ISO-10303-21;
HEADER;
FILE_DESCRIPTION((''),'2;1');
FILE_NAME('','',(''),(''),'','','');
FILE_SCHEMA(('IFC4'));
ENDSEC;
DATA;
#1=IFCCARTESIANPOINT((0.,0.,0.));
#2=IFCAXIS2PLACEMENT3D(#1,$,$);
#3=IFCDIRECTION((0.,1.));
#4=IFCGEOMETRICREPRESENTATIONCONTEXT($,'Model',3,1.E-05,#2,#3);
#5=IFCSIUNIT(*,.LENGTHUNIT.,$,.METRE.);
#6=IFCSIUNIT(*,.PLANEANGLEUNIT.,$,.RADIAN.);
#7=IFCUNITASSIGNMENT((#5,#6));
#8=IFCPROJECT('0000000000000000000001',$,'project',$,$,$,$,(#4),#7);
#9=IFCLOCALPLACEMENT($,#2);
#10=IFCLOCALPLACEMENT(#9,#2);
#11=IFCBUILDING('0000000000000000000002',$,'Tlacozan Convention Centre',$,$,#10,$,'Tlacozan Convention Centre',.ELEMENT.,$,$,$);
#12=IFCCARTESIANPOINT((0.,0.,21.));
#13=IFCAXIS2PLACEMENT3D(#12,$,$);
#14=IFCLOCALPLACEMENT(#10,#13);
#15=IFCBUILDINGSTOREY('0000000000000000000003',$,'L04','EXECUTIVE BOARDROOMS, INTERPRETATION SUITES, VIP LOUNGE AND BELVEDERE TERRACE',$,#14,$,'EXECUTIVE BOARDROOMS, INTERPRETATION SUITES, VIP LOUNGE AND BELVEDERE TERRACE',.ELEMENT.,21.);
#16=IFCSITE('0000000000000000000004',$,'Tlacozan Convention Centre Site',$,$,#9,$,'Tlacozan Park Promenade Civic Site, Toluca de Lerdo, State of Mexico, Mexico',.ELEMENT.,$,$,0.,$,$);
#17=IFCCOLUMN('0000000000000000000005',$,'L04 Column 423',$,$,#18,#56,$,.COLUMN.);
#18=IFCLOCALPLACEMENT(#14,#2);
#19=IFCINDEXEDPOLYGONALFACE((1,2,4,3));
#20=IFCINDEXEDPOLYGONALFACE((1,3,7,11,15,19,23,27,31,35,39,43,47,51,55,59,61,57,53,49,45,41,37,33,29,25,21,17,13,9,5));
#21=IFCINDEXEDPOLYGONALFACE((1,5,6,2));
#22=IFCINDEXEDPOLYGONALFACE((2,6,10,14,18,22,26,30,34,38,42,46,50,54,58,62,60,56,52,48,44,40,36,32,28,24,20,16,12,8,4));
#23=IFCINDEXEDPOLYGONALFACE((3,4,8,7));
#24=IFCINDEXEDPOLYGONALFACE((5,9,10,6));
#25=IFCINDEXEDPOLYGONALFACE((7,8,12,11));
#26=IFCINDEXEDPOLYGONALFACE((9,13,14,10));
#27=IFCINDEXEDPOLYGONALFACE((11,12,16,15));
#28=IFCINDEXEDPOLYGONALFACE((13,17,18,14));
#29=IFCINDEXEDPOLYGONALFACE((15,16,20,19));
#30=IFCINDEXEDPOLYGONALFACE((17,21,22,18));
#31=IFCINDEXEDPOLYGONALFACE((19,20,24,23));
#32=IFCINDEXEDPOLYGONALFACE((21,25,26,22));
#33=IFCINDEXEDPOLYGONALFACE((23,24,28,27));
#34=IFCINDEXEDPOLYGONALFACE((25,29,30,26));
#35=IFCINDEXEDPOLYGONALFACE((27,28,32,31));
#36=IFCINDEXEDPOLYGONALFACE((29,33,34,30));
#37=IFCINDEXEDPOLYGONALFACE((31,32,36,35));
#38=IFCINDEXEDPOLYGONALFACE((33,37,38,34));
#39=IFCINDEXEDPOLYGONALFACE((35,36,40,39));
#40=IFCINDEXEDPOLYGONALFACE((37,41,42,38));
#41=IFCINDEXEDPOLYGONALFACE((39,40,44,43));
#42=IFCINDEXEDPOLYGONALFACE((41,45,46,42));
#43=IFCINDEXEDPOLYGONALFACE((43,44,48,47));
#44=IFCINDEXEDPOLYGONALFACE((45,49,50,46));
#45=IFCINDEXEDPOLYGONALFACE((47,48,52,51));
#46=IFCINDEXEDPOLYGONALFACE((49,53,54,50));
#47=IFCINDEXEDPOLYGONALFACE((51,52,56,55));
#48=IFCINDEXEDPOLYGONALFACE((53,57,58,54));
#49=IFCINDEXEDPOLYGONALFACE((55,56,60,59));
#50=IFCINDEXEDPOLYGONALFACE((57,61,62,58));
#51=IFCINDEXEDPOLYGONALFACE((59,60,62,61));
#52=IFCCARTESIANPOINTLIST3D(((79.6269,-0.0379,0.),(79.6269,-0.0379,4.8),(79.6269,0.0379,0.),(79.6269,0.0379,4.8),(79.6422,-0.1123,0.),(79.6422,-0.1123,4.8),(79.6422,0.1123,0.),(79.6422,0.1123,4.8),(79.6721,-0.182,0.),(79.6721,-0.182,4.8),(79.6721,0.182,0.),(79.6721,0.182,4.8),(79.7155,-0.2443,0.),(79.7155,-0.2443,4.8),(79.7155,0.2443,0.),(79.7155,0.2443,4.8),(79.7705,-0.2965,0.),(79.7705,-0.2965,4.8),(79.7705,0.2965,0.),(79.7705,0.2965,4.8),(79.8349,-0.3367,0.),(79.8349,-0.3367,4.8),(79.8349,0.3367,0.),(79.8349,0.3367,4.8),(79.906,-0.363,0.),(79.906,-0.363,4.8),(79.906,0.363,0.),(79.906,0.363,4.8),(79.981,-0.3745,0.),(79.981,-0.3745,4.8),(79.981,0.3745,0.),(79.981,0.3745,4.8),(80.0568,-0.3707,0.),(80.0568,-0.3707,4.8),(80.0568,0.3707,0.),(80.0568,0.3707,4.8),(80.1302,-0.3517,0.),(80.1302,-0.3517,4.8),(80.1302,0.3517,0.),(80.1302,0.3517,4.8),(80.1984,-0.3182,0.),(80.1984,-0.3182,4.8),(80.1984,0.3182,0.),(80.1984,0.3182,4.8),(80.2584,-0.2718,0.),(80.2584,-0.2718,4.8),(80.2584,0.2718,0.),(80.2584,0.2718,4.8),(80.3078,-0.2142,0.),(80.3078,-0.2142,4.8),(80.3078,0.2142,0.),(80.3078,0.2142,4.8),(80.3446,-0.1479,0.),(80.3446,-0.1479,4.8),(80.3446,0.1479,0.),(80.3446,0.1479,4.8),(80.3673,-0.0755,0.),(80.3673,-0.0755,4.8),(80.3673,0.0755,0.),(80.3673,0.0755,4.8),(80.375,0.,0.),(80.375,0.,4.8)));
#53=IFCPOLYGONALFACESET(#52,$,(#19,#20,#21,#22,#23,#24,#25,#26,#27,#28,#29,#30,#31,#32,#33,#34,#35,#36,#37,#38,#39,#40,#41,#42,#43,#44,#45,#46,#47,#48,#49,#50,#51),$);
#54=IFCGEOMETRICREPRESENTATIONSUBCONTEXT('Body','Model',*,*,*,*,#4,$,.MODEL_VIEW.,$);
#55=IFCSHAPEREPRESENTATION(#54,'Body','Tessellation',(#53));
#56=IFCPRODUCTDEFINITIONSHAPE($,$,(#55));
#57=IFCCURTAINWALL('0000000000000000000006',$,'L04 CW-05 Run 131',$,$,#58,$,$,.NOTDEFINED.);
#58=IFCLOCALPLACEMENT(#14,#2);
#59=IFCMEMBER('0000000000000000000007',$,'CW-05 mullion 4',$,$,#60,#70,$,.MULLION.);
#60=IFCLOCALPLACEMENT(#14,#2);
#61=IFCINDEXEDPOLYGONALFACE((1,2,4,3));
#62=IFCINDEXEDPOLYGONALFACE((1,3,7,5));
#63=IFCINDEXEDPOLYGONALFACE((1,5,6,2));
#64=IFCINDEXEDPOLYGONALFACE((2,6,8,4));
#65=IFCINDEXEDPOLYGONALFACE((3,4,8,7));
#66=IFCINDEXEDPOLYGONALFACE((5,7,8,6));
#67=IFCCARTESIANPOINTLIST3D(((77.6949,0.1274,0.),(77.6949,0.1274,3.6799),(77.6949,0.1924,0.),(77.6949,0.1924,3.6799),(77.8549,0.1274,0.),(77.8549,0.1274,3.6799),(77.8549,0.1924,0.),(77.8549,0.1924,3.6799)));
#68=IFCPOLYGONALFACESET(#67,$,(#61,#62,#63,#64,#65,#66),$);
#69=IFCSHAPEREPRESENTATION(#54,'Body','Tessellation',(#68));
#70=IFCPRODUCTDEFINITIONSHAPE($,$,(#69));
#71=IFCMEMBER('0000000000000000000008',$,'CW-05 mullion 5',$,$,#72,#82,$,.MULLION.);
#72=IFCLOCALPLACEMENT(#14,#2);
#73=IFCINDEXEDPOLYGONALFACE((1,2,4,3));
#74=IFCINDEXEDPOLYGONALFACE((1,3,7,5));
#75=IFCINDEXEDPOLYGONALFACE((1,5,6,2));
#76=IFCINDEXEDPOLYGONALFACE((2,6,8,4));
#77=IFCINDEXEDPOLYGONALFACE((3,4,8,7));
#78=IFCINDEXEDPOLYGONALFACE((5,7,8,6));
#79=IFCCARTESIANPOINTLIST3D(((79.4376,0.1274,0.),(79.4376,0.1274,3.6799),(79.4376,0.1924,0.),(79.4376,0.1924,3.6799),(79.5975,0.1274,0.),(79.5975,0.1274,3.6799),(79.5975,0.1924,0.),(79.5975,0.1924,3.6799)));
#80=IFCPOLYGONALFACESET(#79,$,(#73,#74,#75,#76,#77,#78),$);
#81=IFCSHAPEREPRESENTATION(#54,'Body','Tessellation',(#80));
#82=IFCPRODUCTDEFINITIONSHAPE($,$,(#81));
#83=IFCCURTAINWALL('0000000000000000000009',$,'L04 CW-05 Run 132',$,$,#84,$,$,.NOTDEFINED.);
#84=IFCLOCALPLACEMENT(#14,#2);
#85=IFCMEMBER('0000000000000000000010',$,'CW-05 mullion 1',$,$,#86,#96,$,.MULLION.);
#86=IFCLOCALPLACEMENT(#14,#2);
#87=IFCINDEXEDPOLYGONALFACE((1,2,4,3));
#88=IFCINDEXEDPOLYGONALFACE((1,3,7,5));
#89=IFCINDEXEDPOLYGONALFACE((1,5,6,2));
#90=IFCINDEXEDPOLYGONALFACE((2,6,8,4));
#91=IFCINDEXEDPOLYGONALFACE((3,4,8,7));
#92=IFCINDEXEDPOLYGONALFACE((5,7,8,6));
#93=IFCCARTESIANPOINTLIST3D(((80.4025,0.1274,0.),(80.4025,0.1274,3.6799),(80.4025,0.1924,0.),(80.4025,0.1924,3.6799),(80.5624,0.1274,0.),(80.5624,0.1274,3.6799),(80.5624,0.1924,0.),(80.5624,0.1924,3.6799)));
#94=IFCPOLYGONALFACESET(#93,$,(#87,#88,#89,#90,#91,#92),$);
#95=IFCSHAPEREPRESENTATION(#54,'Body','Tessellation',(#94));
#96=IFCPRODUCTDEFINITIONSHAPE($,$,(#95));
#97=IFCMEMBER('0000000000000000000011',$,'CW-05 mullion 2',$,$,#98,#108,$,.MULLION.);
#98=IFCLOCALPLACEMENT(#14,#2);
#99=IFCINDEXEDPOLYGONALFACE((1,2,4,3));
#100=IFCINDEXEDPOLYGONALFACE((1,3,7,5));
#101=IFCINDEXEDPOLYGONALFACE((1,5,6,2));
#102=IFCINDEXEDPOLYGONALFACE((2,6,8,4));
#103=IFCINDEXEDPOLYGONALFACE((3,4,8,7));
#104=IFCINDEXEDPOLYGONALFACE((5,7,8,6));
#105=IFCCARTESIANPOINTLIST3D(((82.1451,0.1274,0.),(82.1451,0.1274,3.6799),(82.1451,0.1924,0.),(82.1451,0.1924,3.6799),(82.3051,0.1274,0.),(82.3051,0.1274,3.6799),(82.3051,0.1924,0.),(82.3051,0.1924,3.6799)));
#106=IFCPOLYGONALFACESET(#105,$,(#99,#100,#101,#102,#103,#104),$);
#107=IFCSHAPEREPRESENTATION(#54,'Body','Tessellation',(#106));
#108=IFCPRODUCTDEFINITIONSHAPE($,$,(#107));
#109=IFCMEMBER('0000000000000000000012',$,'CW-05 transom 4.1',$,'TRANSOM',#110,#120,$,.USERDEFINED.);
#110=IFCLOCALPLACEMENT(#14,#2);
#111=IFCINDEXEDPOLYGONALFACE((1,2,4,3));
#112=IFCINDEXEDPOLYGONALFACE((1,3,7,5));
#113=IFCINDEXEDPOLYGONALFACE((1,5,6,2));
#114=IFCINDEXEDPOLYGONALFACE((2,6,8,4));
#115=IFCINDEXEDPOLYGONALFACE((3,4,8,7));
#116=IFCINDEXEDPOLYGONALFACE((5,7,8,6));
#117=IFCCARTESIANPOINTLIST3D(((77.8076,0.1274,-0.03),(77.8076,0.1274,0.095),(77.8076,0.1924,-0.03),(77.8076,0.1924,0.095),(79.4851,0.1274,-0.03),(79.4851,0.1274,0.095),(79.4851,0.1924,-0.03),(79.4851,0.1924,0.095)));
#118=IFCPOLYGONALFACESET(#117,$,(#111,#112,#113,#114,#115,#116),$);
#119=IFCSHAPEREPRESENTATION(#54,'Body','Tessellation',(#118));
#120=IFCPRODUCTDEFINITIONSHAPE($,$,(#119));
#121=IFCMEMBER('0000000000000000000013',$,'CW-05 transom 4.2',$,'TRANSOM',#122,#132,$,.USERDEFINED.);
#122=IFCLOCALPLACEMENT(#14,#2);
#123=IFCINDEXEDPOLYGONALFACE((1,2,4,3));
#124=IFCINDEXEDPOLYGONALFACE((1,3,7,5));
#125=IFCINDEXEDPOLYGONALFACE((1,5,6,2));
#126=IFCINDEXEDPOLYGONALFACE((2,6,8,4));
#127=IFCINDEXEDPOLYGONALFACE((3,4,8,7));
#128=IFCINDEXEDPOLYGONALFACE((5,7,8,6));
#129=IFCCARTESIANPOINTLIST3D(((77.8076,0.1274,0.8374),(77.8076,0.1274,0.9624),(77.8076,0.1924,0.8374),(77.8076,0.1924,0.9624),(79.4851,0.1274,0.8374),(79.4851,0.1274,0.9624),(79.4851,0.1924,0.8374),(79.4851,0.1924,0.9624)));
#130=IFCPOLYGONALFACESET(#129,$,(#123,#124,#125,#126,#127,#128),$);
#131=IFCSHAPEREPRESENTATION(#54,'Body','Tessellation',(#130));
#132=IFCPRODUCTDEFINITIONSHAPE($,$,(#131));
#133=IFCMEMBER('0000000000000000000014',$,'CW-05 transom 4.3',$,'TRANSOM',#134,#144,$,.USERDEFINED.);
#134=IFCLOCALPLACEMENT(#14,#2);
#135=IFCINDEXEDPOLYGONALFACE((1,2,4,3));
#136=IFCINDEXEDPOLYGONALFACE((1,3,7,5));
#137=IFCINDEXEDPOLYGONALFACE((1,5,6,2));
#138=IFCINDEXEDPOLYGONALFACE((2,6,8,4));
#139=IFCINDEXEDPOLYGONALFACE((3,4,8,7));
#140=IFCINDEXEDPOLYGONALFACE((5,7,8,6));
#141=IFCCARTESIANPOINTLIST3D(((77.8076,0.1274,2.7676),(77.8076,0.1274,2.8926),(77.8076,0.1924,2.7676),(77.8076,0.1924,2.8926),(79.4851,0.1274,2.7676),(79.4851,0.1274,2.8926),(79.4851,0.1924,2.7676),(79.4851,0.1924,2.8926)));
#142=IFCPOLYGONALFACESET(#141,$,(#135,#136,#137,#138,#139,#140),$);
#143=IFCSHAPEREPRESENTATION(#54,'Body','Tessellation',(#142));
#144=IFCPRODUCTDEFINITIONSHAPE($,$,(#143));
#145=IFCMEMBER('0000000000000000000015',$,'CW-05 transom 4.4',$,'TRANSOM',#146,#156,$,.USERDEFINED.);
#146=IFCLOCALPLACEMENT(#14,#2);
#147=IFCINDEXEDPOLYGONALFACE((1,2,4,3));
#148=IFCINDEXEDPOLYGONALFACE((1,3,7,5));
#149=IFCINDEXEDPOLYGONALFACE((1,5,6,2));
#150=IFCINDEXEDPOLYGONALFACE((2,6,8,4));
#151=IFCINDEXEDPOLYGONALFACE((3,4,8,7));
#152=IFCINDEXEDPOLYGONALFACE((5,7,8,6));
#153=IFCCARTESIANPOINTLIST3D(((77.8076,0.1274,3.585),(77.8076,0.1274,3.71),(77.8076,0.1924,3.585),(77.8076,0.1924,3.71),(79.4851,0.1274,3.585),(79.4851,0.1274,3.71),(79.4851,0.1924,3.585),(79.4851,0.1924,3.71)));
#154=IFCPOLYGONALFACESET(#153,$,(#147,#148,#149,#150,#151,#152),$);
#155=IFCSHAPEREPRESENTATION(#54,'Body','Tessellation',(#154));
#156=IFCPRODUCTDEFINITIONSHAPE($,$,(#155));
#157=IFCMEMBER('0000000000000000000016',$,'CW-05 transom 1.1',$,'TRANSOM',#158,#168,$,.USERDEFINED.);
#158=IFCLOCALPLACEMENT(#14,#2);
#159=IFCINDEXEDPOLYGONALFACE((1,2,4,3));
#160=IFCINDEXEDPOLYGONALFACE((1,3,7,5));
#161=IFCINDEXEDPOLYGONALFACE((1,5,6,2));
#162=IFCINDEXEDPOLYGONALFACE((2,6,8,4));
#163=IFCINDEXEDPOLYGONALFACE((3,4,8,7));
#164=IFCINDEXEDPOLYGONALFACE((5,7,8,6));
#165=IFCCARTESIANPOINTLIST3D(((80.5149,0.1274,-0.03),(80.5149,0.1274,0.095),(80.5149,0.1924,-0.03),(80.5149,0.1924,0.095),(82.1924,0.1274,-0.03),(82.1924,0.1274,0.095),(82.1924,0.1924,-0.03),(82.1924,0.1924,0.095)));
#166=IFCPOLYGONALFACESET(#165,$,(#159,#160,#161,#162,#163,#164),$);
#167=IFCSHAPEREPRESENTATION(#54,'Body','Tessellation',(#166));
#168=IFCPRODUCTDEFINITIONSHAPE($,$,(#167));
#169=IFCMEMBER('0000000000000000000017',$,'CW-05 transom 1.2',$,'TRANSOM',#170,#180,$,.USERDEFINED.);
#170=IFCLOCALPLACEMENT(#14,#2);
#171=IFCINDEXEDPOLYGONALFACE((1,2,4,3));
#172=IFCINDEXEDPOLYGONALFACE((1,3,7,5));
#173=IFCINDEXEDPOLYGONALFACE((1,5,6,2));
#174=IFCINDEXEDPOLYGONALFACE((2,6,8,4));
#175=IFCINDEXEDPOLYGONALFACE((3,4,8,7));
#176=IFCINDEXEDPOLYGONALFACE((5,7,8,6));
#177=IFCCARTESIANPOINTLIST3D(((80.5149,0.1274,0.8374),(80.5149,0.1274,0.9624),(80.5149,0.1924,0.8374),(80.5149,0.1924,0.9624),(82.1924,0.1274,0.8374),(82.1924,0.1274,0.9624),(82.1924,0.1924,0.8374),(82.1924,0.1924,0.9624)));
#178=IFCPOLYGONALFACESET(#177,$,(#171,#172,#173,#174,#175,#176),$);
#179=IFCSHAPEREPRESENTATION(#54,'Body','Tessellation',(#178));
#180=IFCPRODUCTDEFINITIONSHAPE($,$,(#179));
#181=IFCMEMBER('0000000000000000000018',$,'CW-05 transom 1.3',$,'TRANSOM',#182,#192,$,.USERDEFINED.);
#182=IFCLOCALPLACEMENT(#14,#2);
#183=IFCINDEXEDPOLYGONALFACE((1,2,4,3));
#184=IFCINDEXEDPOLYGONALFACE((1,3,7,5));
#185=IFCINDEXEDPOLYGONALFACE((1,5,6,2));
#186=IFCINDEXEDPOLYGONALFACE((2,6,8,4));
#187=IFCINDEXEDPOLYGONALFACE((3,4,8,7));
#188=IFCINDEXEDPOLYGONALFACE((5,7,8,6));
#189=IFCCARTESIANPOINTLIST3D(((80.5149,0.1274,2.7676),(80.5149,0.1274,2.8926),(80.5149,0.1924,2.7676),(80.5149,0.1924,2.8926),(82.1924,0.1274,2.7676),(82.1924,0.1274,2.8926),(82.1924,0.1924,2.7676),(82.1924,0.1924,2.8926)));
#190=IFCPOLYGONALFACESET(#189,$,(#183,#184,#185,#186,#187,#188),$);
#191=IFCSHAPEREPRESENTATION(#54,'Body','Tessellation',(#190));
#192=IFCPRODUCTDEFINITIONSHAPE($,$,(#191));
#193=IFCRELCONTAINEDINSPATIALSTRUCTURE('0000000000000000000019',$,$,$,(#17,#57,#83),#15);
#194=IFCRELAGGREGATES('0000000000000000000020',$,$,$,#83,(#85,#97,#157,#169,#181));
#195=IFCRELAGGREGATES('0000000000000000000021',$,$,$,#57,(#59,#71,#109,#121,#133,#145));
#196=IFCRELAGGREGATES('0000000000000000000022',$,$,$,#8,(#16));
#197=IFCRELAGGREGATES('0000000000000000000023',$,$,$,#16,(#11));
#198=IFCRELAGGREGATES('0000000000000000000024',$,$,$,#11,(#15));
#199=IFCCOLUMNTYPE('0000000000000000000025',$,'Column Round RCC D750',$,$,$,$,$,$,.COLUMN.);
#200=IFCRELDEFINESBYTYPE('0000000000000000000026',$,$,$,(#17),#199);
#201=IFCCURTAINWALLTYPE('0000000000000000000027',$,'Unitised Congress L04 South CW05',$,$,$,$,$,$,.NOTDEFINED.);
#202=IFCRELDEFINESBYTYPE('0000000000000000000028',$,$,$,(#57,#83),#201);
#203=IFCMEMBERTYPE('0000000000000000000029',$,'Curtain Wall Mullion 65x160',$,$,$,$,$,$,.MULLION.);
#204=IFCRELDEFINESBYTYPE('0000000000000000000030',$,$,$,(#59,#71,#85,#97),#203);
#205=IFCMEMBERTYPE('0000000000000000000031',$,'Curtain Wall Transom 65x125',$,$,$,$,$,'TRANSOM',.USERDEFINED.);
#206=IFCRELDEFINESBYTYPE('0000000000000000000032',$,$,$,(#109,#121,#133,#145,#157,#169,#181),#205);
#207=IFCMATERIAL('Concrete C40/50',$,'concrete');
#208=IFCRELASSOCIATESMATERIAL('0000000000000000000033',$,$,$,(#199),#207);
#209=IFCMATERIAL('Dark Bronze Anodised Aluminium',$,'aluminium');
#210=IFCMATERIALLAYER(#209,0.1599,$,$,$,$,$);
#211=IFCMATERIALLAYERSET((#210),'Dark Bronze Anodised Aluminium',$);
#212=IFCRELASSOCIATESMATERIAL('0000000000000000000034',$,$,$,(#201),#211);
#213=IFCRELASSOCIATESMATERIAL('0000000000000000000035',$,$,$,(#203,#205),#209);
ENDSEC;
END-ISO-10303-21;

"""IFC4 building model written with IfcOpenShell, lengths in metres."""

from ifc_helpers import new_model, si_unit, direction, frame, origin, origin_2d, place, context, subcontext, project, spatial, rectangle, circle, extrude, material, layer, layer_set, material_profile, profile_set, type_object, element, aggregate, save


model = new_model("IFC4")

# Units and contexts
model_context = context("Model", 3, precision=1e-05, world=origin(), true_north=direction((0.0, 1.0)))
body_context = subcontext(model_context, "Body", "Model", "MODEL_VIEW")
ifc_project = project(units=[si_unit("LENGTHUNIT", "METRE"), si_unit("PLANEANGLEUNIT", "RADIAN")], contexts=[model_context])

# Site, building, storey
site_placement = place(None, origin())
site = spatial("IfcSite", under=ifc_project, at=site_placement, Name="Tlacozan Convention Centre Site", LongName="Tlacozan Park Promenade Civic Site, Toluca de Lerdo, State of Mexico, Mexico", CompositionType="ELEMENT", RefElevation=0.0)
building_placement = place(site_placement, origin())
building = spatial("IfcBuilding", under=site, at=building_placement, Name="Tlacozan Convention Centre", LongName="Tlacozan Convention Centre", CompositionType="ELEMENT")
storey_placement = place(building_placement, frame((0.0, 0.0, 21.0)))
storey = spatial("IfcBuildingStorey", under=building, at=storey_placement, Name="L04", Description="EXECUTIVE BOARDROOMS, INTERPRETATION SUITES, VIP LOUNGE AND BELVEDERE TERRACE", LongName="EXECUTIVE BOARDROOMS, INTERPRETATION SUITES, VIP LOUNGE AND BELVEDERE TERRACE", CompositionType="ELEMENT", Elevation=21.0)

# Column
ifc_material_1 = material(Name="Concrete C40/50", Category="concrete")
ifc_material_profile_1 = material_profile(ifc_material_1, circle(Radius=0.375, at=origin_2d()), Name="RCC D750")
ifc_profile_set_1 = profile_set([ifc_material_profile_1], Name="Concrete C40/50")
column_type = type_object("IfcColumnType", Name="Column Round RCC D750", PredefinedType="COLUMN", material=ifc_profile_set_1)
column_placement = place(storey_placement, frame((80.0, 0.0, 0.0), z_axis=(0.0, 0.0, 1.0), x_axis=(1.0, 0.0, 0.0)))
element("IfcColumn", 1, at=column_placement, inside=storey, type_object=column_type, Name="L04 Column 423", PredefinedType="COLUMN", context=body_context, shape_type="SweptSolid", body=[
    extrude(circle(Radius=0.375, at=origin_2d()), origin(), (0.0, 0.0, 1.0), 4.8),
])

# Curtain walls, members
ifc_material_2 = material(Name="Dark Bronze Anodised Aluminium", Category="aluminium")
ifc_layer_1 = layer(ifc_material_2, 0.1599)
ifc_layer_set_1 = layer_set([ifc_layer_1], Name="Dark Bronze Anodised Aluminium")
curtain_wall_type = type_object("IfcCurtainWallType", Name="Unitised Congress L04 South CW05", PredefinedType="NOTDEFINED", material=ifc_layer_set_1)
curtain_wall_1_placement = place(storey_placement, origin())
curtain_wall_1 = element("IfcCurtainWall", 2, at=curtain_wall_1_placement, inside=storey, type_object=curtain_wall_type, Name="L04 CW-05 Run 131", PredefinedType="NOTDEFINED")
ifc_material_profile_2 = material_profile(ifc_material_2, rectangle(XDim=0.0649, YDim=0.1599, at=origin_2d()), Name="ALU 65x160")
ifc_profile_set_2 = profile_set([ifc_material_profile_2], Name="Dark Bronze Anodised Aluminium")
member_type_1 = type_object("IfcMemberType", Name="Curtain Wall Mullion 65x160", PredefinedType="MULLION", material=ifc_profile_set_2)
member_1_placement = place(storey_placement, frame((77.7749, 0.1599, 0.0), z_axis=(0.0, 0.0, 1.0), x_axis=(0.0, 1.0, 0.0)))
member_1 = element("IfcMember", 3, at=member_1_placement, type_object=member_type_1, Name="CW-05 mullion 4", PredefinedType="MULLION", context=body_context, shape_type="SweptSolid", body=[
    extrude(rectangle(XDim=0.0649, YDim=0.1599, at=origin_2d()), origin(), (0.0, 0.0, 1.0), 3.6799),
])
member_2_placement = place(storey_placement, frame((79.5176, 0.1599, 0.0), z_axis=(0.0, 0.0, 1.0), x_axis=(0.0, 1.0, 0.0)))
member_2 = element("IfcMember", 4, at=member_2_placement, type_object=member_type_1, Name="CW-05 mullion 5", PredefinedType="MULLION", context=body_context, shape_type="SweptSolid", body=[
    extrude(rectangle(XDim=0.0649, YDim=0.1599, at=origin_2d()), origin(), (0.0, 0.0, 1.0), 3.6799),
])
curtain_wall_2_placement = place(storey_placement, origin())
curtain_wall_2 = element("IfcCurtainWall", 5, at=curtain_wall_2_placement, inside=storey, type_object=curtain_wall_type, Name="L04 CW-05 Run 132", PredefinedType="NOTDEFINED")
member_3_placement = place(storey_placement, frame((80.4824, 0.1599, 0.0), z_axis=(0.0, 0.0, 1.0), x_axis=(0.0, 1.0, 0.0)))
member_3 = element("IfcMember", 6, at=member_3_placement, type_object=member_type_1, Name="CW-05 mullion 1", PredefinedType="MULLION", context=body_context, shape_type="SweptSolid", body=[
    extrude(rectangle(XDim=0.0649, YDim=0.1599, at=origin_2d()), origin(), (0.0, 0.0, 1.0), 3.6799),
])
member_4_placement = place(storey_placement, frame((82.2251, 0.1599, 0.0), z_axis=(0.0, 0.0, 1.0), x_axis=(0.0, 1.0, 0.0)))
member_4 = element("IfcMember", 7, at=member_4_placement, type_object=member_type_1, Name="CW-05 mullion 2", PredefinedType="MULLION", context=body_context, shape_type="SweptSolid", body=[
    extrude(rectangle(XDim=0.0649, YDim=0.1599, at=origin_2d()), origin(), (0.0, 0.0, 1.0), 3.6799),
])

# Members
ifc_material_profile_3 = material_profile(ifc_material_2, rectangle(XDim=0.0649, YDim=0.125, at=origin_2d()), Name="ALU 65x125")
ifc_profile_set_3 = profile_set([ifc_material_profile_3], Name="Dark Bronze Anodised Aluminium")
member_type_2 = type_object("IfcMemberType", Name="Curtain Wall Transom 65x125", ElementType="TRANSOM", PredefinedType="USERDEFINED", material=ifc_profile_set_3)
member_5_placement = place(storey_placement, frame((77.8076, 0.1599, 0.0325), z_axis=(1.0, 0.0, 0.0), x_axis=(0.0, 1.0, 0.0)))
member_5 = element("IfcMember", 8, at=member_5_placement, type_object=member_type_2, Name="CW-05 transom 4.1", ObjectType="TRANSOM", PredefinedType="USERDEFINED", context=body_context, shape_type="SweptSolid", body=[
    extrude(rectangle(XDim=0.0649, YDim=0.125, at=origin_2d()), origin(), (0.0, 0.0, 1.0), 1.6775),
])
member_6_placement = place(storey_placement, frame((77.8076, 0.1599, 0.8999), z_axis=(1.0, 0.0, 0.0), x_axis=(0.0, 1.0, 0.0)))
member_6 = element("IfcMember", 9, at=member_6_placement, type_object=member_type_2, Name="CW-05 transom 4.2", ObjectType="TRANSOM", PredefinedType="USERDEFINED", context=body_context, shape_type="SweptSolid", body=[
    extrude(rectangle(XDim=0.0649, YDim=0.125, at=origin_2d()), origin(), (0.0, 0.0, 1.0), 1.6775),
])
member_7_placement = place(storey_placement, frame((77.8076, 0.1599, 2.8301), z_axis=(1.0, 0.0, 0.0), x_axis=(0.0, 1.0, 0.0)))
member_7 = element("IfcMember", 10, at=member_7_placement, type_object=member_type_2, Name="CW-05 transom 4.3", ObjectType="TRANSOM", PredefinedType="USERDEFINED", context=body_context, shape_type="SweptSolid", body=[
    extrude(rectangle(XDim=0.0649, YDim=0.125, at=origin_2d()), origin(), (0.0, 0.0, 1.0), 1.6775),
])
member_8_placement = place(storey_placement, frame((77.8076, 0.1599, 3.6475), z_axis=(1.0, 0.0, 0.0), x_axis=(0.0, 1.0, 0.0)))
member_8 = element("IfcMember", 11, at=member_8_placement, type_object=member_type_2, Name="CW-05 transom 4.4", ObjectType="TRANSOM", PredefinedType="USERDEFINED", context=body_context, shape_type="SweptSolid", body=[
    extrude(rectangle(XDim=0.0649, YDim=0.125, at=origin_2d()), origin(), (0.0, 0.0, 1.0), 1.6775),
])
member_9_placement = place(storey_placement, frame((80.5149, 0.1599, 0.0325), z_axis=(1.0, 0.0, 0.0), x_axis=(0.0, 1.0, 0.0)))
member_9 = element("IfcMember", 12, at=member_9_placement, type_object=member_type_2, Name="CW-05 transom 1.1", ObjectType="TRANSOM", PredefinedType="USERDEFINED", context=body_context, shape_type="SweptSolid", body=[
    extrude(rectangle(XDim=0.0649, YDim=0.125, at=origin_2d()), origin(), (0.0, 0.0, 1.0), 1.6775),
])
member_10_placement = place(storey_placement, frame((80.5149, 0.1599, 0.8999), z_axis=(1.0, 0.0, 0.0), x_axis=(0.0, 1.0, 0.0)))
member_10 = element("IfcMember", 13, at=member_10_placement, type_object=member_type_2, Name="CW-05 transom 1.2", ObjectType="TRANSOM", PredefinedType="USERDEFINED", context=body_context, shape_type="SweptSolid", body=[
    extrude(rectangle(XDim=0.0649, YDim=0.125, at=origin_2d()), origin(), (0.0, 0.0, 1.0), 1.6775),
])
member_11_placement = place(storey_placement, frame((80.5149, 0.1599, 2.8301), z_axis=(1.0, 0.0, 0.0), x_axis=(0.0, 1.0, 0.0)))
member_11 = element("IfcMember", 14, at=member_11_placement, type_object=member_type_2, Name="CW-05 transom 1.3", ObjectType="TRANSOM", PredefinedType="USERDEFINED", context=body_context, shape_type="SweptSolid", body=[
    extrude(rectangle(XDim=0.0649, YDim=0.125, at=origin_2d()), origin(), (0.0, 0.0, 1.0), 1.6775),
])

aggregate(curtain_wall_2, [member_3, member_4, member_9, member_10, member_11])
aggregate(curtain_wall_1, [member_1, member_2, member_5, member_6, member_7, member_8])

save(model, "model.ifc")
